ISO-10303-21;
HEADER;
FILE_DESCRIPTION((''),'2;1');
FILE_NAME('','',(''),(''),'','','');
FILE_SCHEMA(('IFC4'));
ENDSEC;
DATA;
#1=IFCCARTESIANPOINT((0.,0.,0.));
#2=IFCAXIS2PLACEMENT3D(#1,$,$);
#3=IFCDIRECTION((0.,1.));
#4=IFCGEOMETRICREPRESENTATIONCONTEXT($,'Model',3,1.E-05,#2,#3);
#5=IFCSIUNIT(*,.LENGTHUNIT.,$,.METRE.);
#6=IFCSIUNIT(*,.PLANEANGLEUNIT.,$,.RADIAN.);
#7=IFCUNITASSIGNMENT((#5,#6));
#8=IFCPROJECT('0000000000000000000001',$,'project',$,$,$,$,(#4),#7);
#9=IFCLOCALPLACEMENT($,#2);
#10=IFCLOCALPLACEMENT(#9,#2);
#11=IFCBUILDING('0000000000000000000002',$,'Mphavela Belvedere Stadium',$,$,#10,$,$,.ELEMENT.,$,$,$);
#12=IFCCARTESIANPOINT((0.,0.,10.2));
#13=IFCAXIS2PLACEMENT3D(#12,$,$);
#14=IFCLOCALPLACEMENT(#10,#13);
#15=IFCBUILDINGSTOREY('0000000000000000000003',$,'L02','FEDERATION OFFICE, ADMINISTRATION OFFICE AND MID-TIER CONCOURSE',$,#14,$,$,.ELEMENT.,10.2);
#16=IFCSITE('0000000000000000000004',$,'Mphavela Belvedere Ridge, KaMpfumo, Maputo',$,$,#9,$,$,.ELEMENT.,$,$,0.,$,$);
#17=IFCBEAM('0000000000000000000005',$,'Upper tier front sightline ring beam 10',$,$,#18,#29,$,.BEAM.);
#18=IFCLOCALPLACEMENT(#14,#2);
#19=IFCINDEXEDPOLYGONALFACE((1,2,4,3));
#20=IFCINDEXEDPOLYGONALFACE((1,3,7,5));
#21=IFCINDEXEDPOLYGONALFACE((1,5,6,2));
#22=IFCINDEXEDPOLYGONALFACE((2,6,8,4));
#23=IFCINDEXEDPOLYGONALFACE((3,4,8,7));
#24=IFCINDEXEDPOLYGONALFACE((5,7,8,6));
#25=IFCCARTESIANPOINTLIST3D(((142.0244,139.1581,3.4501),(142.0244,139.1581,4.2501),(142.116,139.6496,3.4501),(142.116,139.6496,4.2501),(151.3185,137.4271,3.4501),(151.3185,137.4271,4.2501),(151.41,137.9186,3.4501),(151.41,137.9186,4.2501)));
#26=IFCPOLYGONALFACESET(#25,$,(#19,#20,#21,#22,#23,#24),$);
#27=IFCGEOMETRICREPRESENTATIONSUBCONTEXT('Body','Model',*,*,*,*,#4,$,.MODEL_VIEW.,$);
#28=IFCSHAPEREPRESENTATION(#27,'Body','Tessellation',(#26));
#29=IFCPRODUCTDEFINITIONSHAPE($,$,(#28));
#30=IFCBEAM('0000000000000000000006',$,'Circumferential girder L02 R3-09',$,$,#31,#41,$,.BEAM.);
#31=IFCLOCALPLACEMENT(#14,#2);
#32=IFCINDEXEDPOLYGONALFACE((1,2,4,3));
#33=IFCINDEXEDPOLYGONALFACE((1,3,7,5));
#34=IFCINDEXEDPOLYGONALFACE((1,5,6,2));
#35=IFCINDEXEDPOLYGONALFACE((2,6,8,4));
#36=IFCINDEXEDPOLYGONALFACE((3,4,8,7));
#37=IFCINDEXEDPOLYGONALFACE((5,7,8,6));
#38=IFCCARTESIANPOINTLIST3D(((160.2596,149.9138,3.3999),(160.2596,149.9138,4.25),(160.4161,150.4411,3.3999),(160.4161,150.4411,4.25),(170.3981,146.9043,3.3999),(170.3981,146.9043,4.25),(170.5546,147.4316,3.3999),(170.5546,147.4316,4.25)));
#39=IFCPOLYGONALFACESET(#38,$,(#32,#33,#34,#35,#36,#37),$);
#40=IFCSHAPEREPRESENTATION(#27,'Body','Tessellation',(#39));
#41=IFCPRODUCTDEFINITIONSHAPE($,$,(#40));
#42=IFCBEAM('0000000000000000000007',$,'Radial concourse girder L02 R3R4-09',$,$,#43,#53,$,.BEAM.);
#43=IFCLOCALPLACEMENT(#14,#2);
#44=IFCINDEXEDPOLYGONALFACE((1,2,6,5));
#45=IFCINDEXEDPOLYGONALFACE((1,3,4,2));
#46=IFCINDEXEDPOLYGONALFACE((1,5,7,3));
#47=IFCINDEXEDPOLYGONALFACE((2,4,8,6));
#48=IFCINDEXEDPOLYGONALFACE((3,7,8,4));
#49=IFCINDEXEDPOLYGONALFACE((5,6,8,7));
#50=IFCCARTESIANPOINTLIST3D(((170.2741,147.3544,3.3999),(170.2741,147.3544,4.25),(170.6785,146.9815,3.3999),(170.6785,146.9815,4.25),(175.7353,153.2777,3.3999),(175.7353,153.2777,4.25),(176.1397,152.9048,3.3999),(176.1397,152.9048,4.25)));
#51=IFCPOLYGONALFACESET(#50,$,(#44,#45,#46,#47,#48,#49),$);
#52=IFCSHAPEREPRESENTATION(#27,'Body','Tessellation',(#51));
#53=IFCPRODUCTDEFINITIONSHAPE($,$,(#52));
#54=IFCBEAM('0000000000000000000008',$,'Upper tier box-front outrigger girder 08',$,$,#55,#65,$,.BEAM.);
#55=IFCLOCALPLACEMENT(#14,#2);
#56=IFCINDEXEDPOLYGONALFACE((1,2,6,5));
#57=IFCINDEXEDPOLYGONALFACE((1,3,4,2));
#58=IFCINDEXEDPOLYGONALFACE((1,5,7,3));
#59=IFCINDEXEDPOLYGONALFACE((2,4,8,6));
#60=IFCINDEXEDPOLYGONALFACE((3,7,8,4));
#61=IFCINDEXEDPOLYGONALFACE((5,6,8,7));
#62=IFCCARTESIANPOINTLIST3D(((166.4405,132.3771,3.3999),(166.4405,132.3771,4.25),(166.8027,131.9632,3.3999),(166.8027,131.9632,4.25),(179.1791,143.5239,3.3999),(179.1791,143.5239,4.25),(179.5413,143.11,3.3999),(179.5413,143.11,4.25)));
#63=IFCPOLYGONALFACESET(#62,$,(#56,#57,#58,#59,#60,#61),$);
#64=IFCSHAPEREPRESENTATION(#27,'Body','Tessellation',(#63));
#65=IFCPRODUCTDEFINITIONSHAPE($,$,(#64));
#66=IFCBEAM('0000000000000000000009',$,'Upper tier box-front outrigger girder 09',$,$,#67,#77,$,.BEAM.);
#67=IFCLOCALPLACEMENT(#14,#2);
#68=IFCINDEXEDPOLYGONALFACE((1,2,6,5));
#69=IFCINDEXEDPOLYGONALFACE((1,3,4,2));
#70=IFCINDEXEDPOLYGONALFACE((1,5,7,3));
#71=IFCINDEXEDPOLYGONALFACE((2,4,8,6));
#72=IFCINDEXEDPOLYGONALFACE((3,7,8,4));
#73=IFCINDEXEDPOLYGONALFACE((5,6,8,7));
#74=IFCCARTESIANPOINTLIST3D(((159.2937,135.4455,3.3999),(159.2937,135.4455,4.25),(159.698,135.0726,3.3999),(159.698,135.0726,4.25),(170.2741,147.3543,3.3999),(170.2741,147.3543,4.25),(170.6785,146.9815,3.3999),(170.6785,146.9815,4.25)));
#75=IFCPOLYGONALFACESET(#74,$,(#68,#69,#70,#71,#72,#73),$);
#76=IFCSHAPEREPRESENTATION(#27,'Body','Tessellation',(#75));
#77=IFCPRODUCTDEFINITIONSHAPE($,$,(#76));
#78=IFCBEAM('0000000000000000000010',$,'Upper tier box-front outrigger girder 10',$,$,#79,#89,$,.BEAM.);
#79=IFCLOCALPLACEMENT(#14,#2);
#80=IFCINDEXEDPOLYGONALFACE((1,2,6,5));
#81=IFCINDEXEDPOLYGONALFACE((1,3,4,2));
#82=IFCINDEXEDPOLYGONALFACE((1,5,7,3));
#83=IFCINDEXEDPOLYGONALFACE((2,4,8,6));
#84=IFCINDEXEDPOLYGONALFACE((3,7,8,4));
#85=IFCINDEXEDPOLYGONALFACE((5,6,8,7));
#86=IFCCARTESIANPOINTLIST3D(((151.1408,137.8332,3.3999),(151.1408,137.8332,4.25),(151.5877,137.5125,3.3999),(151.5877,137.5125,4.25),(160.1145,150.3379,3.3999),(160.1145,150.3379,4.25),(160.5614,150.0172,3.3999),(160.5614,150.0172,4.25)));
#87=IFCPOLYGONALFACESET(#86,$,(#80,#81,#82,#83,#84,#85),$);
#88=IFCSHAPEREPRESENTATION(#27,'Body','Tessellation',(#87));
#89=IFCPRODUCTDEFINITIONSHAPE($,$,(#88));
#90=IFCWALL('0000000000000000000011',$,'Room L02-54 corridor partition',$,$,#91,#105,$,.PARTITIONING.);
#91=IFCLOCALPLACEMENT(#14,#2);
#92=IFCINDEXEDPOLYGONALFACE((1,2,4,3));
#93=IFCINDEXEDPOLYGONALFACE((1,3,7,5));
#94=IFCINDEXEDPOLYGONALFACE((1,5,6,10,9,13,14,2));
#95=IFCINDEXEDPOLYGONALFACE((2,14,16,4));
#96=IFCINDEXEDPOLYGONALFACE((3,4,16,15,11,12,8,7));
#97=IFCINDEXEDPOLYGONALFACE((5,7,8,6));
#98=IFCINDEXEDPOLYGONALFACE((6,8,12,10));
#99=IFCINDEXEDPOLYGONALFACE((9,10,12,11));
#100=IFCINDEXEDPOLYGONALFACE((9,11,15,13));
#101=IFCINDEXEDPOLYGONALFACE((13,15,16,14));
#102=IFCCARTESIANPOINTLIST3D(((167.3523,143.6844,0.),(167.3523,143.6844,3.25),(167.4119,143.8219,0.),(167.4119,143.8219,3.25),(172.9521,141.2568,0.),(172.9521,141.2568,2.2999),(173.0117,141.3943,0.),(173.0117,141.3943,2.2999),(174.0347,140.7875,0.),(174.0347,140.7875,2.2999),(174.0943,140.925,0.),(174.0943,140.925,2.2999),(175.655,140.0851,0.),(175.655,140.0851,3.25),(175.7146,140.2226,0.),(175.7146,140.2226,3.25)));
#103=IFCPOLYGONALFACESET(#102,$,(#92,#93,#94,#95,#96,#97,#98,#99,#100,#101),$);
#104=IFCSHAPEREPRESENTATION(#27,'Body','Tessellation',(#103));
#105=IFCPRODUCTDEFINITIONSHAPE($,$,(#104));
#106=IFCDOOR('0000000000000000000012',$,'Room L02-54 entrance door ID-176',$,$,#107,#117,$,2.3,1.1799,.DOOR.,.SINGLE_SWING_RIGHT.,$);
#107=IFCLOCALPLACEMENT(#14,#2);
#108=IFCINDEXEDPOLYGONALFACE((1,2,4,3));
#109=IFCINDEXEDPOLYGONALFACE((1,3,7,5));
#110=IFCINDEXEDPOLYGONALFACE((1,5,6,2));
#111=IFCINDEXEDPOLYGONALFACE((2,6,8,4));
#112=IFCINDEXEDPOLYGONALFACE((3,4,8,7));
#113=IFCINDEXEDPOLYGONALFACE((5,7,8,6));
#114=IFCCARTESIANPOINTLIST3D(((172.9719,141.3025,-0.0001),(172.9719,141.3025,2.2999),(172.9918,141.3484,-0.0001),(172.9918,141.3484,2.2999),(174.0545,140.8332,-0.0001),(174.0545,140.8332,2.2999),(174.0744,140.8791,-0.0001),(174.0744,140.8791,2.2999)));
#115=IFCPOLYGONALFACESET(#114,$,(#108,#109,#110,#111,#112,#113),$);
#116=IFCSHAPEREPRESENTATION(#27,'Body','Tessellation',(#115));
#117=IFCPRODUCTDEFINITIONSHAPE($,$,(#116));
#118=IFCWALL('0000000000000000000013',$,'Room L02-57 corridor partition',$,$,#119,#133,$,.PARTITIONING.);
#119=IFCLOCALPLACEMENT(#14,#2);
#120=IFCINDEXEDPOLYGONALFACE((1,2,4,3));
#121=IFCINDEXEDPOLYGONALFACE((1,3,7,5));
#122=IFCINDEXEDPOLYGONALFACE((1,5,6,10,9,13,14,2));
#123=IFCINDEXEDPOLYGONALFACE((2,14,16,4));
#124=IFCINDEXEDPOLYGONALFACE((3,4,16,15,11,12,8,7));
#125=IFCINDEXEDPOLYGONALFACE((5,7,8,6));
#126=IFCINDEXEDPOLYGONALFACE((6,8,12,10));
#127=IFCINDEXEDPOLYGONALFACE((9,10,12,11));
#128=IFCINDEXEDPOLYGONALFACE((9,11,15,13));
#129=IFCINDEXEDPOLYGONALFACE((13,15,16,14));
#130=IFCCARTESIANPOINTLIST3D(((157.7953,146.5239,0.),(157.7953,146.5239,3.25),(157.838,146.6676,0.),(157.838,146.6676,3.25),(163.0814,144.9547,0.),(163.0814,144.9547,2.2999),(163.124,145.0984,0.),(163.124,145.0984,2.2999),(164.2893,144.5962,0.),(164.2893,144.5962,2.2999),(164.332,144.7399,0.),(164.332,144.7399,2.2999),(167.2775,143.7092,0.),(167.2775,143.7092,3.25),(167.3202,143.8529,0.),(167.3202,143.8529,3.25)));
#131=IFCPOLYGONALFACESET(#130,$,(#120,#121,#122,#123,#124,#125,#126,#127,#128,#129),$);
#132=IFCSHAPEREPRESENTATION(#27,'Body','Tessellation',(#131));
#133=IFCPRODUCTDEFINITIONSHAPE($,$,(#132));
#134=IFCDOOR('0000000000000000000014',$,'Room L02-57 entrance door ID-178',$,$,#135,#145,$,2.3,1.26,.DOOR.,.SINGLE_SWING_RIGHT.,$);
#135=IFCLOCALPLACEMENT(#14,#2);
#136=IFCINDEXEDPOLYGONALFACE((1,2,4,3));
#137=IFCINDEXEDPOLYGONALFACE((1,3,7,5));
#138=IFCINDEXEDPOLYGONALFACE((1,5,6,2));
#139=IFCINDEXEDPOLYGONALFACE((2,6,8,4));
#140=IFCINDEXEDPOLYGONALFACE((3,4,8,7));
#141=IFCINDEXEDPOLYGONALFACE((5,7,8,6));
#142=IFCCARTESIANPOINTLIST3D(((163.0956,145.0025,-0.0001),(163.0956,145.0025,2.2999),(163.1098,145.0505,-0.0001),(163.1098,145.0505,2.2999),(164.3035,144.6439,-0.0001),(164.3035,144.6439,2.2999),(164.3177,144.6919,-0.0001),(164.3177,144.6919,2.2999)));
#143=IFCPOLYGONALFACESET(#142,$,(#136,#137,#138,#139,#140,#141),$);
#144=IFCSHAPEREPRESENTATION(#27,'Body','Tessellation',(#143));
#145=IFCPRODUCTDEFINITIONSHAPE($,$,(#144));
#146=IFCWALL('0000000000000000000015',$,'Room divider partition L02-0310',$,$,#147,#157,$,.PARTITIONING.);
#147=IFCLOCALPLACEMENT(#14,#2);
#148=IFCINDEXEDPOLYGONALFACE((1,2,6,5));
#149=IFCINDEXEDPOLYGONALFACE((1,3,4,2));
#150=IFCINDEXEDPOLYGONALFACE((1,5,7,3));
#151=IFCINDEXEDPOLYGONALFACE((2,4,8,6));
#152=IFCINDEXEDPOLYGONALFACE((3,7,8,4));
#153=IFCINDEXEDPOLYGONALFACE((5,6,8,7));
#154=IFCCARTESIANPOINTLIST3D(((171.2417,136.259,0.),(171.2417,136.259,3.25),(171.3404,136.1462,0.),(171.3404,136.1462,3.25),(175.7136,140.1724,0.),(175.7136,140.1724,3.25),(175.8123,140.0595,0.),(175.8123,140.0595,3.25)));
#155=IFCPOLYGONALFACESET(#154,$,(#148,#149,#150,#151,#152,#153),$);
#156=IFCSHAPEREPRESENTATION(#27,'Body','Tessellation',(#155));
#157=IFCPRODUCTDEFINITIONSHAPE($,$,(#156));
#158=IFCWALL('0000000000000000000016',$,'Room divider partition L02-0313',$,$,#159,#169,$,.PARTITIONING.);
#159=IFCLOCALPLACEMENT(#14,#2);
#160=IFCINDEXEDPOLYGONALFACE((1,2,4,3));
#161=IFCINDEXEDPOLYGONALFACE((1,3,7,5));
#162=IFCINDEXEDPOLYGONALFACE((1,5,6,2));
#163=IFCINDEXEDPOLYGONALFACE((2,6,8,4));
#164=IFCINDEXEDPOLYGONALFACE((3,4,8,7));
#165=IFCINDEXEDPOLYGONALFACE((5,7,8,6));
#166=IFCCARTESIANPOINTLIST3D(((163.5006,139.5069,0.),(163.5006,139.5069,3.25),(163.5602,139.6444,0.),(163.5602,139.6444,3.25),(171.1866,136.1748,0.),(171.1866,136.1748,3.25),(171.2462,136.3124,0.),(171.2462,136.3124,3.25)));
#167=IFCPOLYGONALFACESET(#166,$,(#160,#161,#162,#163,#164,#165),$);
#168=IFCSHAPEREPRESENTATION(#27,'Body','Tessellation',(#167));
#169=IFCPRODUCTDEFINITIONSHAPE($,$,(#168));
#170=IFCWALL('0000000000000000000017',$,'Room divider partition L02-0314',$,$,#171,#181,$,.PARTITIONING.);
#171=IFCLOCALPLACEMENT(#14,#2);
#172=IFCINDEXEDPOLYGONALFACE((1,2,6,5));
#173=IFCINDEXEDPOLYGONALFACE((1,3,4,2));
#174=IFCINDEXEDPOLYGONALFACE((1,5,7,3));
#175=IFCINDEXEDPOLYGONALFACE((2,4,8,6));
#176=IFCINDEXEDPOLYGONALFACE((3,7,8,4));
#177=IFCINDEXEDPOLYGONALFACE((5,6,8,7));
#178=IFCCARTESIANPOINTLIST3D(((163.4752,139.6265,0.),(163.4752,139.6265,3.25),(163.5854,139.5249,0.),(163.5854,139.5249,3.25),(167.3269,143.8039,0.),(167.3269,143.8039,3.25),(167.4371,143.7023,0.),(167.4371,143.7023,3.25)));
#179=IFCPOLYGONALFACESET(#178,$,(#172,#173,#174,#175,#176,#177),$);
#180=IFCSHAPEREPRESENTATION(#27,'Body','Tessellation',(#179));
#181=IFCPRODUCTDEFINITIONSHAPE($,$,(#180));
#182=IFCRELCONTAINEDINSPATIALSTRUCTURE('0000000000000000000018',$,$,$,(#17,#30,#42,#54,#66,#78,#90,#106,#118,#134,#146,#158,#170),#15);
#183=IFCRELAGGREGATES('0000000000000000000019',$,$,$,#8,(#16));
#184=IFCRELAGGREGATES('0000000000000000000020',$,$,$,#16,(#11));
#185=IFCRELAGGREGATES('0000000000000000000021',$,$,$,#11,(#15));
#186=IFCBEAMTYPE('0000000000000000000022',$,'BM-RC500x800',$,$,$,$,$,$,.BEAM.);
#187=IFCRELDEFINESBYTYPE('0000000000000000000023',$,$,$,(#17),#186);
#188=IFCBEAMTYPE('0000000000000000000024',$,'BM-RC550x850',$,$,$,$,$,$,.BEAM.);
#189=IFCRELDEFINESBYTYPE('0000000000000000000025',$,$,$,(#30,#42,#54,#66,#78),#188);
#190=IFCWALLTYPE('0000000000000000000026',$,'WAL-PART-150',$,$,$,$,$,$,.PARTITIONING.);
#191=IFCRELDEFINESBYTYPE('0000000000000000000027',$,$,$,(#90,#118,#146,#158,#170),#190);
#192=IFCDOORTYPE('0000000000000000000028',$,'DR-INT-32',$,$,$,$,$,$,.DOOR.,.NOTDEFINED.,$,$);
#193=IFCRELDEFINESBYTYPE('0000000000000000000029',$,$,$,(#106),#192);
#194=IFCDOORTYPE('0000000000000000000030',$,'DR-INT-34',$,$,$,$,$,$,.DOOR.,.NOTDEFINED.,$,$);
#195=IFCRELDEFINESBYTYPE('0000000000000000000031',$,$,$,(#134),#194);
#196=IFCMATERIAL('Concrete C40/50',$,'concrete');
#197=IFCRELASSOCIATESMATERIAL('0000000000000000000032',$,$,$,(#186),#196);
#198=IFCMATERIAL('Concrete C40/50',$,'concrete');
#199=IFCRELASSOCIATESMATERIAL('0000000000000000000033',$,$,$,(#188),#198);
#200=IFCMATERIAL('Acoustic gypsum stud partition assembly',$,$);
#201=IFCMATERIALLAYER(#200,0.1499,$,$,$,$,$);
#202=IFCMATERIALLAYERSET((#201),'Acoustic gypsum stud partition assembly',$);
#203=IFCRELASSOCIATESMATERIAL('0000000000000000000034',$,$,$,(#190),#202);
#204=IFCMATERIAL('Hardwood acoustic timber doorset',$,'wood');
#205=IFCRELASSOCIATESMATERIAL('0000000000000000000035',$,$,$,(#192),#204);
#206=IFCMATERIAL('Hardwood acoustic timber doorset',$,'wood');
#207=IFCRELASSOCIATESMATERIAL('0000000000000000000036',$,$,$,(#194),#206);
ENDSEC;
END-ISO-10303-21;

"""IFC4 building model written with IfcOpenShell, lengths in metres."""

from ifc_helpers import new_model, si_unit, direction, frame, frame_2d, origin, origin_2d, place, context, subcontext, project, spatial, rectangle, extrude, material, layer, layer_set, material_profile, profile_set, type_object, element, fill, save


model = new_model("IFC4")

# Units and contexts
model_context = context("Model", 3, precision=1e-05, world=origin(), true_north=direction((0.0, 1.0)))
body_context = subcontext(model_context, "Body", "Model", "MODEL_VIEW")
ifc_project = project(units=[si_unit("LENGTHUNIT", "METRE"), si_unit("PLANEANGLEUNIT", "RADIAN")], contexts=[model_context])

# Site, building, storey
site_placement = place(None, origin())
site = spatial("IfcSite", under=ifc_project, at=site_placement, Name="Mphavela Belvedere Ridge, KaMpfumo, Maputo", CompositionType="ELEMENT", RefElevation=0.0)
building_placement = place(site_placement, origin())
building = spatial("IfcBuilding", under=site, at=building_placement, Name="Mphavela Belvedere Stadium", CompositionType="ELEMENT")
storey_placement = place(building_placement, frame((0.0, 0.0, 10.2)))
storey = spatial("IfcBuildingStorey", under=building, at=storey_placement, Name="L02", Description="FEDERATION OFFICE, ADMINISTRATION OFFICE AND MID-TIER CONCOURSE", CompositionType="ELEMENT", Elevation=10.2)

# Beams
ifc_material_1 = material(Name="Concrete C40/50", Category="concrete")
ifc_material_profile_1 = material_profile(ifc_material_1, rectangle(XDim=0.5, YDim=0.8, at=origin_2d()), Name="RC 500x800")
ifc_profile_set_1 = profile_set([ifc_material_profile_1], Name="Concrete C40/50")
beam_type_1 = type_object("IfcBeamType", Name="BM-RC500x800", PredefinedType="BEAM", material=ifc_profile_set_1)
beam_1_placement = place(storey_placement, frame((151.3643, 137.6729, 3.8501), z_axis=(-0.983095, 0.183097, 0.0), x_axis=(-0.183097, -0.983095, 0.0)))
element("IfcBeam", 1, at=beam_1_placement, inside=storey, type_object=beam_type_1, Name="Upper tier front sightline ring beam 10", PredefinedType="BEAM", context=body_context, shape_type="SweptSolid", body=[
    extrude(rectangle(XDim=0.5, YDim=0.8, at=origin_2d()), origin(), (0.0, 0.0, 1.0), 9.4539),
])
ifc_material_2 = material(Name="Concrete C40/50", Category="concrete")
ifc_material_profile_2 = material_profile(ifc_material_2, rectangle(XDim=0.55, YDim=0.8501, at=origin_2d()), Name="RC 550x850")
ifc_profile_set_2 = profile_set([ifc_material_profile_2], Name="Concrete C40/50")
beam_type_2 = type_object("IfcBeamType", Name="BM-RC550x850", PredefinedType="BEAM", material=ifc_profile_set_2)
beam_2_placement = place(storey_placement, frame((170.4763, 147.168, 3.825), z_axis=(-0.958655, 0.28457, 0.0), x_axis=(-0.28457, -0.958655, 0.0)))
element("IfcBeam", 2, at=beam_2_placement, inside=storey, type_object=beam_type_2, Name="Circumferential girder L02 R3-09", PredefinedType="BEAM", context=body_context, shape_type="SweptSolid", body=[
    extrude(rectangle(XDim=0.55, YDim=0.8501, at=origin_2d()), origin(), (0.0, 0.0, 1.0), 10.5757),
])
beam_3_placement = place(storey_placement, frame((170.4763, 147.168, 3.825), z_axis=(0.677843, 0.735206, 0.0), x_axis=(-0.735206, 0.677843, 0.0)))
element("IfcBeam", 3, at=beam_3_placement, inside=storey, type_object=beam_type_2, Name="Radial concourse girder L02 R3R4-09", PredefinedType="BEAM", context=body_context, shape_type="SweptSolid", body=[
    extrude(rectangle(XDim=0.55, YDim=0.8501, at=origin_2d()), origin(), (0.0, 0.0, 1.0), 8.0566),
])
beam_4_placement = place(storey_placement, frame((166.6216, 132.1702, 3.825), z_axis=(0.752562, 0.658522, 0.0), x_axis=(-0.658522, 0.752562, 0.0)))
element("IfcBeam", 4, at=beam_4_placement, inside=storey, type_object=beam_type_2, Name="Upper tier box-front outrigger girder 08", PredefinedType="BEAM", context=body_context, shape_type="SweptSolid", body=[
    extrude(rectangle(XDim=0.55, YDim=0.8501, at=origin_2d()), origin(), (0.0, 0.0, 1.0), 16.927),
])
beam_5_placement = place(storey_placement, frame((159.4958, 135.259, 3.825), z_axis=(0.677867, 0.735185, 0.0), x_axis=(-0.735185, 0.677867, 0.0)))
element("IfcBeam", 5, at=beam_5_placement, inside=storey, type_object=beam_type_2, Name="Upper tier box-front outrigger girder 09", PredefinedType="BEAM", context=body_context, shape_type="SweptSolid", body=[
    extrude(rectangle(XDim=0.55, YDim=0.8501, at=origin_2d()), origin(), (0.0, 0.0, 1.0), 16.1985),
])
beam_6_placement = place(storey_placement, frame((151.3643, 137.6729, 3.825), z_axis=(0.583033, 0.812449, 0.0), x_axis=(-0.812449, 0.583033, 0.0)))
element("IfcBeam", 6, at=beam_6_placement, inside=storey, type_object=beam_type_2, Name="Upper tier box-front outrigger girder 10", PredefinedType="BEAM", context=body_context, shape_type="SweptSolid", body=[
    extrude(rectangle(XDim=0.55, YDim=0.8501, at=origin_2d()), origin(), (0.0, 0.0, 1.0), 15.3914),
])

# Walls, openings, doors
ifc_material_3 = material(Name="Acoustic gypsum stud partition assembly")
ifc_layer = layer(ifc_material_3, 0.1499)
ifc_layer_set = layer_set([ifc_layer], Name="Acoustic gypsum stud partition assembly")
wall_type = type_object("IfcWallType", Name="WAL-PART-150", PredefinedType="PARTITIONING", material=ifc_layer_set)
wall_1_placement = place(storey_placement, frame((167.3821, 143.7532, 0.0), z_axis=(0.0, 0.0, 1.0), x_axis=(0.917495, -0.397748, 0.0)))
wall_1 = element("IfcWall", 7, at=wall_1_placement, inside=storey, type_object=wall_type, Name="Room L02-54 corridor partition", PredefinedType="PARTITIONING", context=body_context, shape_type="SweptSolid", body=[
    extrude(rectangle(XDim=9.0493, YDim=0.1499, at=frame_2d((4.5247, 0.0))), origin(), (0.0, 0.0, 1.0), 3.25),
])
opening_1_placement = place(wall_1_placement, frame((6.1035, 0.0, 0.0)))
opening_1 = element("IfcOpeningElement", 8, at=opening_1_placement, cuts=wall_1, PredefinedType="OPENING", context=body_context, shape_type="SweptSolid", body=[
    extrude(rectangle(XDim=1.1799, YDim=2.3, at=frame_2d((0.5898, 1.1499))), frame((0.0, 0.085, 0.0), z_axis=(0.0, -1.0, 0.0), x_axis=(1.0, 0.0, 0.0)), (0.0, 0.0, 1.0), 0.1699),
])
ifc_material_4 = material(Name="Hardwood acoustic timber doorset", Category="wood")
door_type_1 = type_object("IfcDoorType", Name="DR-INT-32", OperationType="NOTDEFINED", PredefinedType="DOOR", material=ifc_material_4)
door_1_placement = place(opening_1_placement, origin())
door_1 = element("IfcDoor", 9, at=door_1_placement, inside=storey, type_object=door_type_1, Name="Room L02-54 entrance door ID-176", OperationType="SINGLE_SWING_RIGHT", OverallHeight=2.3, OverallWidth=1.1799, PredefinedType="DOOR", context=body_context, shape_type="SweptSolid", body=[
    extrude(rectangle(XDim=1.1799, YDim=2.3, at=frame_2d((0.5898, 1.1499))), frame((0.0, 0.0249, 0.0), z_axis=(0.0, -1.0, 0.0), x_axis=(1.0, 0.0, 0.0)), (0.0, 0.0, 1.0), 0.05),
])
fill(opening_1, door_1)
wall_2_placement = place(storey_placement, frame((157.8167, 146.5957, 0.0), z_axis=(0.0, 0.0, 1.0), x_axis=(0.958656, -0.284568, 0.0)))
wall_2 = element("IfcWall", 10, at=wall_2_placement, inside=storey, type_object=wall_type, Name="Room L02-57 corridor partition", PredefinedType="PARTITIONING", context=body_context, shape_type="SweptSolid", body=[
    extrude(rectangle(XDim=9.8911, YDim=0.1499, at=frame_2d((4.9456, 0.0))), origin(), (0.0, 0.0, 1.0), 3.25),
])
opening_2_placement = place(wall_2_placement, frame((5.5142, 0.0, 0.0)))
opening_2 = element("IfcOpeningElement", 11, at=opening_2_placement, cuts=wall_2, PredefinedType="OPENING", context=body_context, shape_type="SweptSolid", body=[
    extrude(rectangle(XDim=1.26, YDim=2.3, at=frame_2d((0.6299, 1.1499))), frame((0.0, 0.085, 0.0), z_axis=(0.0, -1.0, 0.0), x_axis=(1.0, 0.0, 0.0)), (0.0, 0.0, 1.0), 0.1699),
])
ifc_material_5 = material(Name="Hardwood acoustic timber doorset", Category="wood")
door_type_2 = type_object("IfcDoorType", Name="DR-INT-34", OperationType="NOTDEFINED", PredefinedType="DOOR", material=ifc_material_5)
door_2_placement = place(opening_2_placement, origin())
door_2 = element("IfcDoor", 12, at=door_2_placement, inside=storey, type_object=door_type_2, Name="Room L02-57 entrance door ID-178", OperationType="SINGLE_SWING_RIGHT", OverallHeight=2.3, OverallWidth=1.26, PredefinedType="DOOR", context=body_context, shape_type="SweptSolid", body=[
    extrude(rectangle(XDim=1.26, YDim=2.3, at=frame_2d((0.6299, 1.1499))), frame((0.0, 0.0249, 0.0), z_axis=(0.0, -1.0, 0.0), x_axis=(1.0, 0.0, 0.0)), (0.0, 0.0, 1.0), 0.05),
])
fill(opening_2, door_2)

# Walls
wall_3_placement = place(storey_placement, frame((171.291, 136.2026, 0.0), z_axis=(0.0, 0.0, 1.0), x_axis=(0.752544, 0.658542, 0.0)))
element("IfcWall", 13, at=wall_3_placement, inside=storey, type_object=wall_type, Name="Room divider partition L02-0310", PredefinedType="PARTITIONING", context=body_context, shape_type="SweptSolid", body=[
    extrude(rectangle(XDim=5.9424, YDim=0.1499, at=frame_2d((2.9712, 0.0))), origin(), (0.0, 0.0, 1.0), 3.25),
])
wall_4_placement = place(storey_placement, frame((171.2163, 136.2437, 0.0), z_axis=(0.0, 0.0, 1.0), x_axis=(-0.917494, 0.39775, 0.0)))
element("IfcWall", 14, at=wall_4_placement, inside=storey, type_object=wall_type, Name="Room divider partition L02-0313", PredefinedType="PARTITIONING", context=body_context, shape_type="SweptSolid", body=[
    extrude(rectangle(XDim=8.3772, YDim=0.1499, at=frame_2d((4.1885, 0.0))), origin(), (0.0, 0.0, 1.0), 3.25),
])
wall_5_placement = place(storey_placement, frame((163.5303, 139.5757, 0.0), z_axis=(0.0, 0.0, 1.0), x_axis=(0.677868, 0.735184, 0.0)))
element("IfcWall", 15, at=wall_5_placement, inside=storey, type_object=wall_type, Name="Room divider partition L02-0314", PredefinedType="PARTITIONING", context=body_context, shape_type="SweptSolid", body=[
    extrude(rectangle(XDim=5.6821, YDim=0.1499, at=frame_2d((2.8411, 0.0))), origin(), (0.0, 0.0, 1.0), 3.25),
])

save(model, "model.ifc")
